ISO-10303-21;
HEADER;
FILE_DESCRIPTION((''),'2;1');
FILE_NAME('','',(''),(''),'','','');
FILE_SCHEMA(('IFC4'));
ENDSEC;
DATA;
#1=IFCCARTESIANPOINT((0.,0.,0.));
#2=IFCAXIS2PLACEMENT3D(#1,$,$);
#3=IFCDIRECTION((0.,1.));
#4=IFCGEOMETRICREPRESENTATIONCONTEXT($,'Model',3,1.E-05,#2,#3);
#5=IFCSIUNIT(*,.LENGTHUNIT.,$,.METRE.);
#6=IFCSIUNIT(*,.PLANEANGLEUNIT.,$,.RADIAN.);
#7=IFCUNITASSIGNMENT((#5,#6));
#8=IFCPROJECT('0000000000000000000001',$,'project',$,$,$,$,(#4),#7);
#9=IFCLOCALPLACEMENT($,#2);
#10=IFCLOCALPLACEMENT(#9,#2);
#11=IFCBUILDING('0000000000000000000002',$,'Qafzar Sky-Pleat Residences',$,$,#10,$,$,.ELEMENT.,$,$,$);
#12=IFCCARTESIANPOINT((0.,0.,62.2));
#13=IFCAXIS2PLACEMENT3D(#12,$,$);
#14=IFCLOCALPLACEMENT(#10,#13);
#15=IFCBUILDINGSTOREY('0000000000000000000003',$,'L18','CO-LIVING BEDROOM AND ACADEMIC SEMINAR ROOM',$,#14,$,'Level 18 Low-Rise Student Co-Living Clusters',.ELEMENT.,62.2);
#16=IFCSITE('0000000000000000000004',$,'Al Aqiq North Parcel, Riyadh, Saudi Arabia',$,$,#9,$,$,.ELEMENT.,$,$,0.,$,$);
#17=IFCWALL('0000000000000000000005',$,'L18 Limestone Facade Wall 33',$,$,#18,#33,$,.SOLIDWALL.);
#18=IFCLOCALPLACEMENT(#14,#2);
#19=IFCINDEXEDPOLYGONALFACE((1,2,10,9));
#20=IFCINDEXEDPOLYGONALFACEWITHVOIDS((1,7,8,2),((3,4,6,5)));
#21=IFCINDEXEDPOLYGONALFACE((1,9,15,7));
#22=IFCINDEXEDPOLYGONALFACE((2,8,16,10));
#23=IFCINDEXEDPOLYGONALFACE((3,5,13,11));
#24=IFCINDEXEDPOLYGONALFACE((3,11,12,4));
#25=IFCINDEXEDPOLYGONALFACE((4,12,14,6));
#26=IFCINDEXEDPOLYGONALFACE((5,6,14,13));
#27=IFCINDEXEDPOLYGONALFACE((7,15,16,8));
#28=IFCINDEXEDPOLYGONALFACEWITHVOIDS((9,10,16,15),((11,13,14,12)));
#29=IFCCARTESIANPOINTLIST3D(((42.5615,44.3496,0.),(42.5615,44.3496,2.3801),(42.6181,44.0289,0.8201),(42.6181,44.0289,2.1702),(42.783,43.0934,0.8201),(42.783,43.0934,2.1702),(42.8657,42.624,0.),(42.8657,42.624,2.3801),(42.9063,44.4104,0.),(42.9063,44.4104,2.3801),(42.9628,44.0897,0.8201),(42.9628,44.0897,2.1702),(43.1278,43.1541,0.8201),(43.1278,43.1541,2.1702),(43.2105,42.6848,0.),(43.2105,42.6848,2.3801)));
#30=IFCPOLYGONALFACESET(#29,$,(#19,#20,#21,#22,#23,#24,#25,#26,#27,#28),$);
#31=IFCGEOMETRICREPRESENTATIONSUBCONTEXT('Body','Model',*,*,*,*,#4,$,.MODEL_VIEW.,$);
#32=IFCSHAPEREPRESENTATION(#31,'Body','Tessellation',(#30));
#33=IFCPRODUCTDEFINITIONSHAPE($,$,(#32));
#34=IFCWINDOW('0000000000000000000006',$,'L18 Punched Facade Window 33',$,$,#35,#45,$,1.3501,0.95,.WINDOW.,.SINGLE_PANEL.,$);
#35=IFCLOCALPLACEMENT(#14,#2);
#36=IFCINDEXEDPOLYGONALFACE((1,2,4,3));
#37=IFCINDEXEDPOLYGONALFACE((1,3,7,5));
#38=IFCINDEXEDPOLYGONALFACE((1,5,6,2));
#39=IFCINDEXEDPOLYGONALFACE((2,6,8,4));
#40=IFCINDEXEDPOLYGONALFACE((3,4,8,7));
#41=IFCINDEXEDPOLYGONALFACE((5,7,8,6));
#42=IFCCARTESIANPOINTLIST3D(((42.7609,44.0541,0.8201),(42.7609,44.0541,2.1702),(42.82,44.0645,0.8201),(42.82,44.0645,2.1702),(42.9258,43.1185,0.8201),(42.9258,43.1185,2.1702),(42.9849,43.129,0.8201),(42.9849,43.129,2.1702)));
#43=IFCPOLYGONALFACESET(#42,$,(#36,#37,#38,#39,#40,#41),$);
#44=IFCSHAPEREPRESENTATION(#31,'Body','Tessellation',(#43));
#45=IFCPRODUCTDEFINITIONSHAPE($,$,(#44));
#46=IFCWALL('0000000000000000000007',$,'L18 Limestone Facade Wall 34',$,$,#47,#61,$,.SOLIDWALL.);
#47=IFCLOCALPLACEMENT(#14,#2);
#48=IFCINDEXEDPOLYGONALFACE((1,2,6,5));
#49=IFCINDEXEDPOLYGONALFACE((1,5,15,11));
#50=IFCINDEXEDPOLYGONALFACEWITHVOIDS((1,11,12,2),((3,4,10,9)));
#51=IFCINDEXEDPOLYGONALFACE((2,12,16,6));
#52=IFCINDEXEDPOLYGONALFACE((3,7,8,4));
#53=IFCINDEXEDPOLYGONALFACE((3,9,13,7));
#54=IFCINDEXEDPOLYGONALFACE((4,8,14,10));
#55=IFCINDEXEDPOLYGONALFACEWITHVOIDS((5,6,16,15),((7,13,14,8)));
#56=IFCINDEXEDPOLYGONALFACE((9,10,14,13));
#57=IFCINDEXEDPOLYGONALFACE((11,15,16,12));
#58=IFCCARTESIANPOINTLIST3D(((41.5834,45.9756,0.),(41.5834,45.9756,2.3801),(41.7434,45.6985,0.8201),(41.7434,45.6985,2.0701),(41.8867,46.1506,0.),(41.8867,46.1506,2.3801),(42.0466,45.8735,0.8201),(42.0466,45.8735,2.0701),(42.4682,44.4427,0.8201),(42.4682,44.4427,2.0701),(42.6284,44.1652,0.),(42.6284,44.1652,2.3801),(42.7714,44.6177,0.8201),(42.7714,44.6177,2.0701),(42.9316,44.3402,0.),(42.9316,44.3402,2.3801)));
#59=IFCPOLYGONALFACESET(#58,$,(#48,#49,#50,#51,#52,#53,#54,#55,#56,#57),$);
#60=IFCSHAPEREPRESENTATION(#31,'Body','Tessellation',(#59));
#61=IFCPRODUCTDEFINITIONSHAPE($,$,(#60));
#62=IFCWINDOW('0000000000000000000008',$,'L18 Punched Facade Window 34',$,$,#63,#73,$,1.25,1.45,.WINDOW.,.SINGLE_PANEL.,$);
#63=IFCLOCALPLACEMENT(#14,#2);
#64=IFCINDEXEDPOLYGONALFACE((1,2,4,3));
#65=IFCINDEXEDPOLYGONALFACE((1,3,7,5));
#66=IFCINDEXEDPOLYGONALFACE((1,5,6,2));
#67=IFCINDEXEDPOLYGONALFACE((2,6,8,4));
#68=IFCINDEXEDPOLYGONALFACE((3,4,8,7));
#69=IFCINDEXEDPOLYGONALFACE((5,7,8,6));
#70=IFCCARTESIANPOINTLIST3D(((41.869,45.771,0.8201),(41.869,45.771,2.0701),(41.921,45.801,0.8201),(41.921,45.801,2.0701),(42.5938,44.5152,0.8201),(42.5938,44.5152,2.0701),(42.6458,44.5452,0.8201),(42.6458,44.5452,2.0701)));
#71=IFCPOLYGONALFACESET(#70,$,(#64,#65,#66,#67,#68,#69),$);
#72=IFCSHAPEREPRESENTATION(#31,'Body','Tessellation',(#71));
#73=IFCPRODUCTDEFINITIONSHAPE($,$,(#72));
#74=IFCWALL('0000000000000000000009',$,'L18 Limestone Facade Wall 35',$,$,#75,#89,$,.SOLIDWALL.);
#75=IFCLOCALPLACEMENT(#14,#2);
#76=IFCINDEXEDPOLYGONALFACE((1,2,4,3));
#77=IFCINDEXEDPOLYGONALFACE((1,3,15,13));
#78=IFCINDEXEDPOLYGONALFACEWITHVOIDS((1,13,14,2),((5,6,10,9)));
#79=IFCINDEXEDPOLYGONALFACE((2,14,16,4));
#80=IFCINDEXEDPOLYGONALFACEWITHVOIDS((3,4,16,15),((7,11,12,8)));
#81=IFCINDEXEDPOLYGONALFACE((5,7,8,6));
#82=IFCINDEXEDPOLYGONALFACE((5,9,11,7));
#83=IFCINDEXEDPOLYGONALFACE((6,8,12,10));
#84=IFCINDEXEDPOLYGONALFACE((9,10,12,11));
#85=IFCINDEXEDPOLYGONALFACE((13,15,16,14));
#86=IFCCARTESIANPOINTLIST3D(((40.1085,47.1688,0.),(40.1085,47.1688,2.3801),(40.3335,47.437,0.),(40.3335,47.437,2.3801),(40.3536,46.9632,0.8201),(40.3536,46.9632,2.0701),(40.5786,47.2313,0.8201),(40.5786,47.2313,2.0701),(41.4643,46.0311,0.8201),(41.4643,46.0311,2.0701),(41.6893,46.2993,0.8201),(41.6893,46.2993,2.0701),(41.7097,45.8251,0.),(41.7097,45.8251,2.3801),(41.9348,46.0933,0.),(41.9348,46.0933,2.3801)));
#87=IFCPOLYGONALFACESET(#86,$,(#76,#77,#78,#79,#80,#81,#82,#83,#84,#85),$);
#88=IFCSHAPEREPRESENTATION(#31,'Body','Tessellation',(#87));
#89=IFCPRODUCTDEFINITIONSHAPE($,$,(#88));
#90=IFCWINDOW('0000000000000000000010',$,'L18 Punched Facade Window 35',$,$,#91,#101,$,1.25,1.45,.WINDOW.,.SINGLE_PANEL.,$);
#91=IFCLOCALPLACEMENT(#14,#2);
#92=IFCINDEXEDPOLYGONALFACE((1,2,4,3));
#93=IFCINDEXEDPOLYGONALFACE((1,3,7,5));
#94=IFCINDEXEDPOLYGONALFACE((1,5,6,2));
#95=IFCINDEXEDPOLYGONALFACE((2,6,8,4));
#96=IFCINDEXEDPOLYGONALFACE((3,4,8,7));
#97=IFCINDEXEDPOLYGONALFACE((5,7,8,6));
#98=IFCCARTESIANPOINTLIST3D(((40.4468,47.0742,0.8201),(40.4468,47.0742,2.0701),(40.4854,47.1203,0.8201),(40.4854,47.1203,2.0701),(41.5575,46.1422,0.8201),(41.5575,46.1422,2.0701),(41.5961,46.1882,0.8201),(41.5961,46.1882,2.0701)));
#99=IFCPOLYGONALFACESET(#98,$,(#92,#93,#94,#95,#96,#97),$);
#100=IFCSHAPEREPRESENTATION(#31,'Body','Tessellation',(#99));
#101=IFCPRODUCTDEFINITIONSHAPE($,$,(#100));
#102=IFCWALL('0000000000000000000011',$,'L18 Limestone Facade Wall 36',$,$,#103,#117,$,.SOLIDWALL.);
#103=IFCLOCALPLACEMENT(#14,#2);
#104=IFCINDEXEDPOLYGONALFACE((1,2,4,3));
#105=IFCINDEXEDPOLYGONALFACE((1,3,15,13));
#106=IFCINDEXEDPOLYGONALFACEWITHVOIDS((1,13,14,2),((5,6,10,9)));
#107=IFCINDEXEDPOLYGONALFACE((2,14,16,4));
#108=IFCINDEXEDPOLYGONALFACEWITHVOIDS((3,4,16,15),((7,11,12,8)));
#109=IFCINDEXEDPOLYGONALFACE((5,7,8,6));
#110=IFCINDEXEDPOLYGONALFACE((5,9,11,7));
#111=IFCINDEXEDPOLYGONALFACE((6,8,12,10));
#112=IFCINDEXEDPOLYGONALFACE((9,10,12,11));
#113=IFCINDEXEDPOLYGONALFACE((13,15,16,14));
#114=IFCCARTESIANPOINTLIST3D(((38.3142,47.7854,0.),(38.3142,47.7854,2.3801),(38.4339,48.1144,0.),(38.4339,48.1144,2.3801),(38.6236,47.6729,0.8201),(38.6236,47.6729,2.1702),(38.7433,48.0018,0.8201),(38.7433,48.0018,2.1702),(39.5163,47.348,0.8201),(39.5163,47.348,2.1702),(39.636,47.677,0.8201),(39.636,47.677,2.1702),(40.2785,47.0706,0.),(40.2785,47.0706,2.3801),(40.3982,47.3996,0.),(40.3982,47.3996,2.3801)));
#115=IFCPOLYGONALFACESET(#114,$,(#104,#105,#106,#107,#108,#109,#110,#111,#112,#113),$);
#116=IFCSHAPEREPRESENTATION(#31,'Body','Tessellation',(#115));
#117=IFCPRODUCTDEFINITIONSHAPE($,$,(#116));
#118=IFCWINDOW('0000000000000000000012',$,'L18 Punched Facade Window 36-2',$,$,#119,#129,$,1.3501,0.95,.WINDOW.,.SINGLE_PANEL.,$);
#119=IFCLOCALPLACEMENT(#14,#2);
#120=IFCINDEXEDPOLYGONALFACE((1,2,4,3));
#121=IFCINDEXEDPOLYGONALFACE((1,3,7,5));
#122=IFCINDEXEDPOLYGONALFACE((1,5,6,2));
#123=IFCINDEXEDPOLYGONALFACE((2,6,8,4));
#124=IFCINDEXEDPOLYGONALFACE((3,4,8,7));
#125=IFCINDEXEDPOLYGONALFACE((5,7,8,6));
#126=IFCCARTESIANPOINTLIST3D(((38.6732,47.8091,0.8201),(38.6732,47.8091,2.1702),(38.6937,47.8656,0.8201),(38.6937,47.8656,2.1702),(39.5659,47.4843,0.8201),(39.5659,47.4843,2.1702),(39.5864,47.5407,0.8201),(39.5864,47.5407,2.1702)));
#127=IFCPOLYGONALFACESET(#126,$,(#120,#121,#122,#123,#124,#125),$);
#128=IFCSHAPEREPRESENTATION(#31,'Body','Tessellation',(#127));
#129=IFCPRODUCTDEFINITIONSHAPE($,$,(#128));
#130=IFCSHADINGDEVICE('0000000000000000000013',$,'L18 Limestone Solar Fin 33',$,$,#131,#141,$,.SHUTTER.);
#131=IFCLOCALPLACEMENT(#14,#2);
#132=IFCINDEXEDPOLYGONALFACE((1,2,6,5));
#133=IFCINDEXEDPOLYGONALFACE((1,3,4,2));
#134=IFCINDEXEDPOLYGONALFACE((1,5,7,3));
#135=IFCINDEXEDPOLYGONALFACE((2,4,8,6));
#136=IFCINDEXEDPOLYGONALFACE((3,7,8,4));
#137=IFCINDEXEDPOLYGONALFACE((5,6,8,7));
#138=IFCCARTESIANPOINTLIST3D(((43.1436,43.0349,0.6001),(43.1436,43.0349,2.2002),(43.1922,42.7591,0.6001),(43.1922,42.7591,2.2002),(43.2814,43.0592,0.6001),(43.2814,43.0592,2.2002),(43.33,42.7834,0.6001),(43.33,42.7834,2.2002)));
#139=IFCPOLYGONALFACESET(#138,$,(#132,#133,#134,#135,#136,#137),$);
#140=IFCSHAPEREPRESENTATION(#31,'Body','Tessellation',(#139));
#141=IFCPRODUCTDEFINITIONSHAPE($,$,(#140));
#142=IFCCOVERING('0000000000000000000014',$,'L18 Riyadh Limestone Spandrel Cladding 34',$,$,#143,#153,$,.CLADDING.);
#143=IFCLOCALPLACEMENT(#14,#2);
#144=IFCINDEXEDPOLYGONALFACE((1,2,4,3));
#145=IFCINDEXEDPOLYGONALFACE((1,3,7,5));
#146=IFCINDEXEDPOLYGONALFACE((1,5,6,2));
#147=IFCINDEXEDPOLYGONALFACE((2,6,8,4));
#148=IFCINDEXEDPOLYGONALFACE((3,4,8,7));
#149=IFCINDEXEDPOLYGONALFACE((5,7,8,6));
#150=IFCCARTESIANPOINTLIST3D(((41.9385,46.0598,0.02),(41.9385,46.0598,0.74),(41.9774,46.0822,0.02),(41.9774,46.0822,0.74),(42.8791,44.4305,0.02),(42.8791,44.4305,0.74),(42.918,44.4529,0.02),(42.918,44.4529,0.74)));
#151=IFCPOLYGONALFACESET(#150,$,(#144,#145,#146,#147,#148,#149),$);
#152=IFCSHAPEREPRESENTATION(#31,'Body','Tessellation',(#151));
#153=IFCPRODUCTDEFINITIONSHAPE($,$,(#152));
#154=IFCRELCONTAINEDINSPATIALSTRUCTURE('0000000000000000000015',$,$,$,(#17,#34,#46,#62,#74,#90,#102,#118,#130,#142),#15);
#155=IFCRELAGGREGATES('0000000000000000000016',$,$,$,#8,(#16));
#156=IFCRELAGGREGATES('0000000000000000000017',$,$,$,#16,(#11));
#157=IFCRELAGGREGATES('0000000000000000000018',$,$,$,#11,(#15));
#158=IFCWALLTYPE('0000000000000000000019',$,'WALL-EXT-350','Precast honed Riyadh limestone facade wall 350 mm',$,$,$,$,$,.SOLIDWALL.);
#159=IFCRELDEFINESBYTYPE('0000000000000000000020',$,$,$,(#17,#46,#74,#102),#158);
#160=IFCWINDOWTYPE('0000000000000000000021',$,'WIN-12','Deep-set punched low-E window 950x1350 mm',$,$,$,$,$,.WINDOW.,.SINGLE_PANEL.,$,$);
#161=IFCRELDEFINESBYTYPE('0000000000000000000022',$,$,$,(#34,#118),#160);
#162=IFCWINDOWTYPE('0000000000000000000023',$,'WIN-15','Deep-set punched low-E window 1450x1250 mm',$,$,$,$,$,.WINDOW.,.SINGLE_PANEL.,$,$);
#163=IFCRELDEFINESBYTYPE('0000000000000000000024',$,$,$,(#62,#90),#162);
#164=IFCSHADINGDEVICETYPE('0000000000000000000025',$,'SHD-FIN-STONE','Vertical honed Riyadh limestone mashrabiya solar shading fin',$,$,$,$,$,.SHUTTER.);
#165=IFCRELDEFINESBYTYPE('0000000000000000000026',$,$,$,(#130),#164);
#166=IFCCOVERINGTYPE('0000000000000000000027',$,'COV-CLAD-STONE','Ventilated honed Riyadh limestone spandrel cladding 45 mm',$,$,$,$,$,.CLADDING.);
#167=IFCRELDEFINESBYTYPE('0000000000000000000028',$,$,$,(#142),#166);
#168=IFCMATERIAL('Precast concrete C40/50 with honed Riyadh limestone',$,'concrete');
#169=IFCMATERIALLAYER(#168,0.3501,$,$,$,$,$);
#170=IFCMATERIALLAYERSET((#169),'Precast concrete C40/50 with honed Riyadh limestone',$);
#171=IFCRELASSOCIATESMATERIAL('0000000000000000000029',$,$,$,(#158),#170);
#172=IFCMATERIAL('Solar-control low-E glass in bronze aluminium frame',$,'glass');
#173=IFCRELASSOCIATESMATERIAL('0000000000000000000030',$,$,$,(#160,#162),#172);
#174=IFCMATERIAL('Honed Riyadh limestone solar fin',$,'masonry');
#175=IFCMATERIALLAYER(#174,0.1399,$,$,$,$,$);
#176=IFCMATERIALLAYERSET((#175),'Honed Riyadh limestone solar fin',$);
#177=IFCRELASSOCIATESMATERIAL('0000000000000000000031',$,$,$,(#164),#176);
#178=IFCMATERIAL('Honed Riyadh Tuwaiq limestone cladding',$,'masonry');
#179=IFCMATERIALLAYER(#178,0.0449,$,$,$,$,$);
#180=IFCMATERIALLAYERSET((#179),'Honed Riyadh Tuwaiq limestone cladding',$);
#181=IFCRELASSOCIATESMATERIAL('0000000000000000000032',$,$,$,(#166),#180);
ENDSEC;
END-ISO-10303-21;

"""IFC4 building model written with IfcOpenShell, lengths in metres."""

from ifc_helpers import new_model, si_unit, direction, frame, frame_2d, origin, origin_2d, place, context, subcontext, project, spatial, rectangle, extrude, source, transform, mapped, material, layer, layer_set, type_object, element, fill, save


model = new_model("IFC4")

# Units and contexts
model_context = context("Model", 3, precision=1e-05, world=origin(), true_north=direction((0.0, 1.0)))
body_context = subcontext(model_context, "Body", "Model", "MODEL_VIEW")
ifc_project = project(units=[si_unit("LENGTHUNIT", "METRE"), si_unit("PLANEANGLEUNIT", "RADIAN")], contexts=[model_context])

# Site, building, storey
site_placement = place(None, origin())
site = spatial("IfcSite", under=ifc_project, at=site_placement, Name="Al Aqiq North Parcel, Riyadh, Saudi Arabia", CompositionType="ELEMENT", RefElevation=0.0)
building_placement = place(site_placement, origin())
building = spatial("IfcBuilding", under=site, at=building_placement, Name="Qafzar Sky-Pleat Residences", CompositionType="ELEMENT")
storey_placement = place(building_placement, frame((0.0, 0.0, 62.2)))
storey = spatial("IfcBuildingStorey", under=building, at=storey_placement, Name="L18", Description="CO-LIVING BEDROOM AND ACADEMIC SEMINAR ROOM", LongName="Level 18 Low-Rise Student Co-Living Clusters", CompositionType="ELEMENT", Elevation=62.2)

# Shared definitions
ifc_material_1 = material(Name="Precast concrete C40/50 with honed Riyadh limestone", Category="concrete")
ifc_layer_1 = layer(ifc_material_1, 0.3501)
ifc_layer_set_1 = layer_set([ifc_layer_1], Name="Precast concrete C40/50 with honed Riyadh limestone")
wall_type_1 = type_object("IfcWallType", Name="WALL-EXT-350", Description="Precast honed Riyadh limestone facade wall 350 mm", PredefinedType="SOLIDWALL", material=ifc_layer_set_1)
ifc_material_2 = material(Name="Solar-control low-E glass in bronze aluminium frame", Category="glass")

# Walls, openings, windows
wall_1_placement = place(storey_placement, frame((43.0381, 42.6545, 0.0), z_axis=(0.0, 0.0, 1.0), x_axis=(-0.17361, 0.984814, 0.0)))
wall_1 = element("IfcWall", 1, at=wall_1_placement, inside=storey, type_object=wall_type_1, Name="L18 Limestone Facade Wall 33", PredefinedType="SOLIDWALL", context=body_context, shape_type="SweptSolid", body=[
    extrude(rectangle(XDim=1.7522, YDim=0.3501, at=frame_2d((0.876, 0.0))), origin(), (0.0, 0.0, 1.0), 2.3801),
])
opening_1_placement = place(wall_1_placement, frame((0.4763, 0.0, 0.8201)))
opening_1 = element("IfcOpeningElement", 2, at=opening_1_placement, cuts=wall_1, PredefinedType="OPENING", context=body_context, shape_type="SweptSolid", body=[
    extrude(rectangle(XDim=0.95, YDim=1.3501, at=frame_2d((0.4751, 0.675))), frame((0.0, 0.1851, 0.0), z_axis=(0.0, -1.0, 0.0), x_axis=(1.0, 0.0, 0.0)), (0.0, 0.0, 1.0), 0.3701),
])
window_type_1 = type_object("IfcWindowType", Name="WIN-12", Description="Deep-set punched low-E window 950x1350 mm", PartitioningType="SINGLE_PANEL", PredefinedType="WINDOW", material=ifc_material_2)
shared_shape_1 = source(origin(), body_context, "Body", "SweptSolid", [
    extrude(rectangle(XDim=0.95, YDim=1.3501, at=frame_2d((0.4751, 0.675))), frame((0.0, 0.03, 0.0), z_axis=(0.0, -1.0, 0.0), x_axis=(1.0, 0.0, 0.0)), (0.0, 0.0, 1.0), 0.0601),
])
window_1_placement = place(opening_1_placement, origin())
window_1 = element("IfcWindow", 3, at=window_1_placement, inside=storey, type_object=window_type_1, Name="L18 Punched Facade Window 33", OverallHeight=1.3501, OverallWidth=0.95, PartitioningType="SINGLE_PANEL", PredefinedType="WINDOW", context=body_context, shape_type="MappedRepresentation", body=[
    mapped(shared_shape_1, transform((0.0, 0.0, 0.0), x_axis=(1.0, 0.0, 0.0), y_axis=(0.0, 1.0, 0.0), z_axis=(0.0, 0.0, 1.0), scale=1.0)),
])
fill(opening_1, window_1)
wall_2_placement = place(storey_placement, frame((42.78, 44.2527, 0.0), z_axis=(0.0, 0.0, 1.0), x_axis=(-0.499908, 0.866079, 0.0)))
wall_2 = element("IfcWall", 4, at=wall_2_placement, inside=storey, type_object=wall_type_1, Name="L18 Limestone Facade Wall 34", PredefinedType="SOLIDWALL", context=body_context, shape_type="SweptSolid", body=[
    extrude(rectangle(XDim=2.0903, YDim=0.3501, at=frame_2d((1.0452, 0.0))), origin(), (0.0, 0.0, 1.0), 2.3801),
])
opening_2_placement = place(wall_2_placement, frame((0.3203, 0.0, 0.8201)))
opening_2 = element("IfcOpeningElement", 5, at=opening_2_placement, cuts=wall_2, PredefinedType="OPENING", context=body_context, shape_type="SweptSolid", body=[
    extrude(rectangle(XDim=1.45, YDim=1.25, at=frame_2d((0.7251, 0.625))), frame((0.0, 0.1851, 0.0), z_axis=(0.0, -1.0, 0.0), x_axis=(1.0, 0.0, 0.0)), (0.0, 0.0, 1.0), 0.3701),
])
window_type_2 = type_object("IfcWindowType", Name="WIN-15", Description="Deep-set punched low-E window 1450x1250 mm", PartitioningType="SINGLE_PANEL", PredefinedType="WINDOW", material=ifc_material_2)
shared_shape_2 = source(origin(), body_context, "Body", "SweptSolid", [
    extrude(rectangle(XDim=1.45, YDim=1.25, at=frame_2d((0.7251, 0.625))), frame((0.0, 0.03, 0.0), z_axis=(0.0, -1.0, 0.0), x_axis=(1.0, 0.0, 0.0)), (0.0, 0.0, 1.0), 0.0601),
])
window_2_placement = place(opening_2_placement, origin())
window_2 = element("IfcWindow", 6, at=window_2_placement, inside=storey, type_object=window_type_2, Name="L18 Punched Facade Window 34", OverallHeight=1.25, OverallWidth=1.45, PartitioningType="SINGLE_PANEL", PredefinedType="WINDOW", context=body_context, shape_type="MappedRepresentation", body=[
    mapped(shared_shape_2, transform((0.0, 0.0, 0.0), x_axis=(1.0, 0.0, 0.0), y_axis=(0.0, 1.0, 0.0), z_axis=(0.0, 0.0, 1.0), scale=1.0)),
])
fill(opening_2, window_2)
wall_3_placement = place(storey_placement, frame((41.8223, 45.9592, 0.0), z_axis=(0.0, 0.0, 1.0), x_axis=(-0.766025, 0.642811, 0.0)))
wall_3 = element("IfcWall", 7, at=wall_3_placement, inside=storey, type_object=wall_type_1, Name="L18 Limestone Facade Wall 35", PredefinedType="SOLIDWALL", context=body_context, shape_type="SweptSolid", body=[
    extrude(rectangle(XDim=2.0903, YDim=0.3501, at=frame_2d((1.0452, 0.0))), origin(), (0.0, 0.0, 1.0), 2.3801),
])
opening_3_placement = place(wall_3_placement, frame((0.3203, 0.0, 0.8201)))
opening_3 = element("IfcOpeningElement", 8, at=opening_3_placement, cuts=wall_3, PredefinedType="OPENING", context=body_context, shape_type="SweptSolid", body=[
    extrude(rectangle(XDim=1.45, YDim=1.25, at=frame_2d((0.7251, 0.625))), frame((0.0, 0.1851, 0.0), z_axis=(0.0, -1.0, 0.0), x_axis=(1.0, 0.0, 0.0)), (0.0, 0.0, 1.0), 0.3701),
])
window_3_placement = place(opening_3_placement, origin())
window_3 = element("IfcWindow", 9, at=window_3_placement, inside=storey, type_object=window_type_2, Name="L18 Punched Facade Window 35", OverallHeight=1.25, OverallWidth=1.45, PartitioningType="SINGLE_PANEL", PredefinedType="WINDOW", context=body_context, shape_type="MappedRepresentation", body=[
    mapped(shared_shape_2, transform((0.0, 0.0, 0.0), x_axis=(1.0, 0.0, 0.0), y_axis=(0.0, 1.0, 0.0), z_axis=(0.0, 0.0, 1.0), scale=1.0)),
])
fill(opening_3, window_3)
wall_4_placement = place(storey_placement, frame((40.3384, 47.2351, 0.0), z_axis=(0.0, 0.0, 1.0), x_axis=(-0.939712, 0.341968, 0.0)))
wall_4 = element("IfcWall", 10, at=wall_4_placement, inside=storey, type_object=wall_type_1, Name="L18 Limestone Facade Wall 36", PredefinedType="SOLIDWALL", context=body_context, shape_type="SweptSolid", body=[
    extrude(rectangle(XDim=2.0903, YDim=0.3501, at=frame_2d((1.0452, 0.0))), origin(), (0.0, 0.0, 1.0), 2.3801),
])
opening_4_placement = place(wall_4_placement, frame((0.811, 0.0, 0.8201)))
opening_4 = element("IfcOpeningElement", 11, at=opening_4_placement, cuts=wall_4, PredefinedType="OPENING", context=body_context, shape_type="SweptSolid", body=[
    extrude(rectangle(XDim=0.95, YDim=1.3501, at=frame_2d((0.4751, 0.675))), frame((0.0, 0.1851, 0.0), z_axis=(0.0, -1.0, 0.0), x_axis=(1.0, 0.0, 0.0)), (0.0, 0.0, 1.0), 0.3701),
])
window_4_placement = place(opening_4_placement, origin())
window_4 = element("IfcWindow", 12, at=window_4_placement, inside=storey, type_object=window_type_1, Name="L18 Punched Facade Window 36-2", OverallHeight=1.3501, OverallWidth=0.95, PartitioningType="SINGLE_PANEL", PredefinedType="WINDOW", context=body_context, shape_type="MappedRepresentation", body=[
    mapped(shared_shape_1, transform((0.0, 0.0, 0.0), x_axis=(1.0, 0.0, 0.0), y_axis=(0.0, 1.0, 0.0), z_axis=(0.0, 0.0, 1.0), scale=1.0)),
])
fill(opening_4, window_4)

# Shading device
ifc_material_3 = material(Name="Honed Riyadh limestone solar fin", Category="masonry")
ifc_layer_2 = layer(ifc_material_3, 0.1399)
ifc_layer_set_2 = layer_set([ifc_layer_2], Name="Honed Riyadh limestone solar fin")
shading_device_type = type_object("IfcShadingDeviceType", Name="SHD-FIN-STONE", Description="Vertical honed Riyadh limestone mashrabiya solar shading fin", PredefinedType="SHUTTER", material=ifc_layer_set_2)
shared_shape_3 = source(origin(), body_context, "Body", "SweptSolid", [
    extrude(rectangle(XDim=0.1399, YDim=0.28, at=origin_2d()), origin(), (0.0, 0.0, 1.0), 1.6001),
])
shading_device_placement = place(storey_placement, frame((43.2368, 42.9092, 0.6001), z_axis=(0.0, 0.0, 1.0), x_axis=(0.984806, 0.173658, 0.0)))
element("IfcShadingDevice", 13, at=shading_device_placement, inside=storey, type_object=shading_device_type, Name="L18 Limestone Solar Fin 33", PredefinedType="SHUTTER", context=body_context, shape_type="MappedRepresentation", body=[
    mapped(shared_shape_3, transform((0.0, 0.0, 0.0), x_axis=(1.0, 0.0, 0.0), y_axis=(0.0, 1.0, 0.0), z_axis=(0.0, 0.0, 1.0), scale=1.0)),
])

# Covering
ifc_material_4 = material(Name="Honed Riyadh Tuwaiq limestone cladding", Category="masonry")
ifc_layer_3 = layer(ifc_material_4, 0.0449)
ifc_layer_set_3 = layer_set([ifc_layer_3], Name="Honed Riyadh Tuwaiq limestone cladding")
covering_type = type_object("IfcCoveringType", Name="COV-CLAD-STONE", Description="Ventilated honed Riyadh limestone spandrel cladding 45 mm", PredefinedType="CLADDING", material=ifc_layer_set_3)
shared_shape_4 = source(origin(), body_context, "Body", "SweptSolid", [
    extrude(rectangle(XDim=1.8813, YDim=0.0449, at=origin_2d()), origin(), (0.0, 0.0, 1.0), 0.72),
])
covering_1_placement = place(storey_placement, frame((42.4282, 45.2563, 0.02), z_axis=(0.0, 0.0, 1.0), x_axis=(-0.499972, 0.866041, 0.0)))
element("IfcCovering", 14, at=covering_1_placement, inside=storey, type_object=covering_type, Name="L18 Riyadh Limestone Spandrel Cladding 34", PredefinedType="CLADDING", context=body_context, shape_type="MappedRepresentation", body=[
    mapped(shared_shape_4, transform((0.0, 0.0, 0.0), x_axis=(1.0, 0.0, 0.0), y_axis=(0.0, 1.0, 0.0), z_axis=(0.0, 0.0, 1.0), scale=1.0)),
])

save(model, "model.ifc")
